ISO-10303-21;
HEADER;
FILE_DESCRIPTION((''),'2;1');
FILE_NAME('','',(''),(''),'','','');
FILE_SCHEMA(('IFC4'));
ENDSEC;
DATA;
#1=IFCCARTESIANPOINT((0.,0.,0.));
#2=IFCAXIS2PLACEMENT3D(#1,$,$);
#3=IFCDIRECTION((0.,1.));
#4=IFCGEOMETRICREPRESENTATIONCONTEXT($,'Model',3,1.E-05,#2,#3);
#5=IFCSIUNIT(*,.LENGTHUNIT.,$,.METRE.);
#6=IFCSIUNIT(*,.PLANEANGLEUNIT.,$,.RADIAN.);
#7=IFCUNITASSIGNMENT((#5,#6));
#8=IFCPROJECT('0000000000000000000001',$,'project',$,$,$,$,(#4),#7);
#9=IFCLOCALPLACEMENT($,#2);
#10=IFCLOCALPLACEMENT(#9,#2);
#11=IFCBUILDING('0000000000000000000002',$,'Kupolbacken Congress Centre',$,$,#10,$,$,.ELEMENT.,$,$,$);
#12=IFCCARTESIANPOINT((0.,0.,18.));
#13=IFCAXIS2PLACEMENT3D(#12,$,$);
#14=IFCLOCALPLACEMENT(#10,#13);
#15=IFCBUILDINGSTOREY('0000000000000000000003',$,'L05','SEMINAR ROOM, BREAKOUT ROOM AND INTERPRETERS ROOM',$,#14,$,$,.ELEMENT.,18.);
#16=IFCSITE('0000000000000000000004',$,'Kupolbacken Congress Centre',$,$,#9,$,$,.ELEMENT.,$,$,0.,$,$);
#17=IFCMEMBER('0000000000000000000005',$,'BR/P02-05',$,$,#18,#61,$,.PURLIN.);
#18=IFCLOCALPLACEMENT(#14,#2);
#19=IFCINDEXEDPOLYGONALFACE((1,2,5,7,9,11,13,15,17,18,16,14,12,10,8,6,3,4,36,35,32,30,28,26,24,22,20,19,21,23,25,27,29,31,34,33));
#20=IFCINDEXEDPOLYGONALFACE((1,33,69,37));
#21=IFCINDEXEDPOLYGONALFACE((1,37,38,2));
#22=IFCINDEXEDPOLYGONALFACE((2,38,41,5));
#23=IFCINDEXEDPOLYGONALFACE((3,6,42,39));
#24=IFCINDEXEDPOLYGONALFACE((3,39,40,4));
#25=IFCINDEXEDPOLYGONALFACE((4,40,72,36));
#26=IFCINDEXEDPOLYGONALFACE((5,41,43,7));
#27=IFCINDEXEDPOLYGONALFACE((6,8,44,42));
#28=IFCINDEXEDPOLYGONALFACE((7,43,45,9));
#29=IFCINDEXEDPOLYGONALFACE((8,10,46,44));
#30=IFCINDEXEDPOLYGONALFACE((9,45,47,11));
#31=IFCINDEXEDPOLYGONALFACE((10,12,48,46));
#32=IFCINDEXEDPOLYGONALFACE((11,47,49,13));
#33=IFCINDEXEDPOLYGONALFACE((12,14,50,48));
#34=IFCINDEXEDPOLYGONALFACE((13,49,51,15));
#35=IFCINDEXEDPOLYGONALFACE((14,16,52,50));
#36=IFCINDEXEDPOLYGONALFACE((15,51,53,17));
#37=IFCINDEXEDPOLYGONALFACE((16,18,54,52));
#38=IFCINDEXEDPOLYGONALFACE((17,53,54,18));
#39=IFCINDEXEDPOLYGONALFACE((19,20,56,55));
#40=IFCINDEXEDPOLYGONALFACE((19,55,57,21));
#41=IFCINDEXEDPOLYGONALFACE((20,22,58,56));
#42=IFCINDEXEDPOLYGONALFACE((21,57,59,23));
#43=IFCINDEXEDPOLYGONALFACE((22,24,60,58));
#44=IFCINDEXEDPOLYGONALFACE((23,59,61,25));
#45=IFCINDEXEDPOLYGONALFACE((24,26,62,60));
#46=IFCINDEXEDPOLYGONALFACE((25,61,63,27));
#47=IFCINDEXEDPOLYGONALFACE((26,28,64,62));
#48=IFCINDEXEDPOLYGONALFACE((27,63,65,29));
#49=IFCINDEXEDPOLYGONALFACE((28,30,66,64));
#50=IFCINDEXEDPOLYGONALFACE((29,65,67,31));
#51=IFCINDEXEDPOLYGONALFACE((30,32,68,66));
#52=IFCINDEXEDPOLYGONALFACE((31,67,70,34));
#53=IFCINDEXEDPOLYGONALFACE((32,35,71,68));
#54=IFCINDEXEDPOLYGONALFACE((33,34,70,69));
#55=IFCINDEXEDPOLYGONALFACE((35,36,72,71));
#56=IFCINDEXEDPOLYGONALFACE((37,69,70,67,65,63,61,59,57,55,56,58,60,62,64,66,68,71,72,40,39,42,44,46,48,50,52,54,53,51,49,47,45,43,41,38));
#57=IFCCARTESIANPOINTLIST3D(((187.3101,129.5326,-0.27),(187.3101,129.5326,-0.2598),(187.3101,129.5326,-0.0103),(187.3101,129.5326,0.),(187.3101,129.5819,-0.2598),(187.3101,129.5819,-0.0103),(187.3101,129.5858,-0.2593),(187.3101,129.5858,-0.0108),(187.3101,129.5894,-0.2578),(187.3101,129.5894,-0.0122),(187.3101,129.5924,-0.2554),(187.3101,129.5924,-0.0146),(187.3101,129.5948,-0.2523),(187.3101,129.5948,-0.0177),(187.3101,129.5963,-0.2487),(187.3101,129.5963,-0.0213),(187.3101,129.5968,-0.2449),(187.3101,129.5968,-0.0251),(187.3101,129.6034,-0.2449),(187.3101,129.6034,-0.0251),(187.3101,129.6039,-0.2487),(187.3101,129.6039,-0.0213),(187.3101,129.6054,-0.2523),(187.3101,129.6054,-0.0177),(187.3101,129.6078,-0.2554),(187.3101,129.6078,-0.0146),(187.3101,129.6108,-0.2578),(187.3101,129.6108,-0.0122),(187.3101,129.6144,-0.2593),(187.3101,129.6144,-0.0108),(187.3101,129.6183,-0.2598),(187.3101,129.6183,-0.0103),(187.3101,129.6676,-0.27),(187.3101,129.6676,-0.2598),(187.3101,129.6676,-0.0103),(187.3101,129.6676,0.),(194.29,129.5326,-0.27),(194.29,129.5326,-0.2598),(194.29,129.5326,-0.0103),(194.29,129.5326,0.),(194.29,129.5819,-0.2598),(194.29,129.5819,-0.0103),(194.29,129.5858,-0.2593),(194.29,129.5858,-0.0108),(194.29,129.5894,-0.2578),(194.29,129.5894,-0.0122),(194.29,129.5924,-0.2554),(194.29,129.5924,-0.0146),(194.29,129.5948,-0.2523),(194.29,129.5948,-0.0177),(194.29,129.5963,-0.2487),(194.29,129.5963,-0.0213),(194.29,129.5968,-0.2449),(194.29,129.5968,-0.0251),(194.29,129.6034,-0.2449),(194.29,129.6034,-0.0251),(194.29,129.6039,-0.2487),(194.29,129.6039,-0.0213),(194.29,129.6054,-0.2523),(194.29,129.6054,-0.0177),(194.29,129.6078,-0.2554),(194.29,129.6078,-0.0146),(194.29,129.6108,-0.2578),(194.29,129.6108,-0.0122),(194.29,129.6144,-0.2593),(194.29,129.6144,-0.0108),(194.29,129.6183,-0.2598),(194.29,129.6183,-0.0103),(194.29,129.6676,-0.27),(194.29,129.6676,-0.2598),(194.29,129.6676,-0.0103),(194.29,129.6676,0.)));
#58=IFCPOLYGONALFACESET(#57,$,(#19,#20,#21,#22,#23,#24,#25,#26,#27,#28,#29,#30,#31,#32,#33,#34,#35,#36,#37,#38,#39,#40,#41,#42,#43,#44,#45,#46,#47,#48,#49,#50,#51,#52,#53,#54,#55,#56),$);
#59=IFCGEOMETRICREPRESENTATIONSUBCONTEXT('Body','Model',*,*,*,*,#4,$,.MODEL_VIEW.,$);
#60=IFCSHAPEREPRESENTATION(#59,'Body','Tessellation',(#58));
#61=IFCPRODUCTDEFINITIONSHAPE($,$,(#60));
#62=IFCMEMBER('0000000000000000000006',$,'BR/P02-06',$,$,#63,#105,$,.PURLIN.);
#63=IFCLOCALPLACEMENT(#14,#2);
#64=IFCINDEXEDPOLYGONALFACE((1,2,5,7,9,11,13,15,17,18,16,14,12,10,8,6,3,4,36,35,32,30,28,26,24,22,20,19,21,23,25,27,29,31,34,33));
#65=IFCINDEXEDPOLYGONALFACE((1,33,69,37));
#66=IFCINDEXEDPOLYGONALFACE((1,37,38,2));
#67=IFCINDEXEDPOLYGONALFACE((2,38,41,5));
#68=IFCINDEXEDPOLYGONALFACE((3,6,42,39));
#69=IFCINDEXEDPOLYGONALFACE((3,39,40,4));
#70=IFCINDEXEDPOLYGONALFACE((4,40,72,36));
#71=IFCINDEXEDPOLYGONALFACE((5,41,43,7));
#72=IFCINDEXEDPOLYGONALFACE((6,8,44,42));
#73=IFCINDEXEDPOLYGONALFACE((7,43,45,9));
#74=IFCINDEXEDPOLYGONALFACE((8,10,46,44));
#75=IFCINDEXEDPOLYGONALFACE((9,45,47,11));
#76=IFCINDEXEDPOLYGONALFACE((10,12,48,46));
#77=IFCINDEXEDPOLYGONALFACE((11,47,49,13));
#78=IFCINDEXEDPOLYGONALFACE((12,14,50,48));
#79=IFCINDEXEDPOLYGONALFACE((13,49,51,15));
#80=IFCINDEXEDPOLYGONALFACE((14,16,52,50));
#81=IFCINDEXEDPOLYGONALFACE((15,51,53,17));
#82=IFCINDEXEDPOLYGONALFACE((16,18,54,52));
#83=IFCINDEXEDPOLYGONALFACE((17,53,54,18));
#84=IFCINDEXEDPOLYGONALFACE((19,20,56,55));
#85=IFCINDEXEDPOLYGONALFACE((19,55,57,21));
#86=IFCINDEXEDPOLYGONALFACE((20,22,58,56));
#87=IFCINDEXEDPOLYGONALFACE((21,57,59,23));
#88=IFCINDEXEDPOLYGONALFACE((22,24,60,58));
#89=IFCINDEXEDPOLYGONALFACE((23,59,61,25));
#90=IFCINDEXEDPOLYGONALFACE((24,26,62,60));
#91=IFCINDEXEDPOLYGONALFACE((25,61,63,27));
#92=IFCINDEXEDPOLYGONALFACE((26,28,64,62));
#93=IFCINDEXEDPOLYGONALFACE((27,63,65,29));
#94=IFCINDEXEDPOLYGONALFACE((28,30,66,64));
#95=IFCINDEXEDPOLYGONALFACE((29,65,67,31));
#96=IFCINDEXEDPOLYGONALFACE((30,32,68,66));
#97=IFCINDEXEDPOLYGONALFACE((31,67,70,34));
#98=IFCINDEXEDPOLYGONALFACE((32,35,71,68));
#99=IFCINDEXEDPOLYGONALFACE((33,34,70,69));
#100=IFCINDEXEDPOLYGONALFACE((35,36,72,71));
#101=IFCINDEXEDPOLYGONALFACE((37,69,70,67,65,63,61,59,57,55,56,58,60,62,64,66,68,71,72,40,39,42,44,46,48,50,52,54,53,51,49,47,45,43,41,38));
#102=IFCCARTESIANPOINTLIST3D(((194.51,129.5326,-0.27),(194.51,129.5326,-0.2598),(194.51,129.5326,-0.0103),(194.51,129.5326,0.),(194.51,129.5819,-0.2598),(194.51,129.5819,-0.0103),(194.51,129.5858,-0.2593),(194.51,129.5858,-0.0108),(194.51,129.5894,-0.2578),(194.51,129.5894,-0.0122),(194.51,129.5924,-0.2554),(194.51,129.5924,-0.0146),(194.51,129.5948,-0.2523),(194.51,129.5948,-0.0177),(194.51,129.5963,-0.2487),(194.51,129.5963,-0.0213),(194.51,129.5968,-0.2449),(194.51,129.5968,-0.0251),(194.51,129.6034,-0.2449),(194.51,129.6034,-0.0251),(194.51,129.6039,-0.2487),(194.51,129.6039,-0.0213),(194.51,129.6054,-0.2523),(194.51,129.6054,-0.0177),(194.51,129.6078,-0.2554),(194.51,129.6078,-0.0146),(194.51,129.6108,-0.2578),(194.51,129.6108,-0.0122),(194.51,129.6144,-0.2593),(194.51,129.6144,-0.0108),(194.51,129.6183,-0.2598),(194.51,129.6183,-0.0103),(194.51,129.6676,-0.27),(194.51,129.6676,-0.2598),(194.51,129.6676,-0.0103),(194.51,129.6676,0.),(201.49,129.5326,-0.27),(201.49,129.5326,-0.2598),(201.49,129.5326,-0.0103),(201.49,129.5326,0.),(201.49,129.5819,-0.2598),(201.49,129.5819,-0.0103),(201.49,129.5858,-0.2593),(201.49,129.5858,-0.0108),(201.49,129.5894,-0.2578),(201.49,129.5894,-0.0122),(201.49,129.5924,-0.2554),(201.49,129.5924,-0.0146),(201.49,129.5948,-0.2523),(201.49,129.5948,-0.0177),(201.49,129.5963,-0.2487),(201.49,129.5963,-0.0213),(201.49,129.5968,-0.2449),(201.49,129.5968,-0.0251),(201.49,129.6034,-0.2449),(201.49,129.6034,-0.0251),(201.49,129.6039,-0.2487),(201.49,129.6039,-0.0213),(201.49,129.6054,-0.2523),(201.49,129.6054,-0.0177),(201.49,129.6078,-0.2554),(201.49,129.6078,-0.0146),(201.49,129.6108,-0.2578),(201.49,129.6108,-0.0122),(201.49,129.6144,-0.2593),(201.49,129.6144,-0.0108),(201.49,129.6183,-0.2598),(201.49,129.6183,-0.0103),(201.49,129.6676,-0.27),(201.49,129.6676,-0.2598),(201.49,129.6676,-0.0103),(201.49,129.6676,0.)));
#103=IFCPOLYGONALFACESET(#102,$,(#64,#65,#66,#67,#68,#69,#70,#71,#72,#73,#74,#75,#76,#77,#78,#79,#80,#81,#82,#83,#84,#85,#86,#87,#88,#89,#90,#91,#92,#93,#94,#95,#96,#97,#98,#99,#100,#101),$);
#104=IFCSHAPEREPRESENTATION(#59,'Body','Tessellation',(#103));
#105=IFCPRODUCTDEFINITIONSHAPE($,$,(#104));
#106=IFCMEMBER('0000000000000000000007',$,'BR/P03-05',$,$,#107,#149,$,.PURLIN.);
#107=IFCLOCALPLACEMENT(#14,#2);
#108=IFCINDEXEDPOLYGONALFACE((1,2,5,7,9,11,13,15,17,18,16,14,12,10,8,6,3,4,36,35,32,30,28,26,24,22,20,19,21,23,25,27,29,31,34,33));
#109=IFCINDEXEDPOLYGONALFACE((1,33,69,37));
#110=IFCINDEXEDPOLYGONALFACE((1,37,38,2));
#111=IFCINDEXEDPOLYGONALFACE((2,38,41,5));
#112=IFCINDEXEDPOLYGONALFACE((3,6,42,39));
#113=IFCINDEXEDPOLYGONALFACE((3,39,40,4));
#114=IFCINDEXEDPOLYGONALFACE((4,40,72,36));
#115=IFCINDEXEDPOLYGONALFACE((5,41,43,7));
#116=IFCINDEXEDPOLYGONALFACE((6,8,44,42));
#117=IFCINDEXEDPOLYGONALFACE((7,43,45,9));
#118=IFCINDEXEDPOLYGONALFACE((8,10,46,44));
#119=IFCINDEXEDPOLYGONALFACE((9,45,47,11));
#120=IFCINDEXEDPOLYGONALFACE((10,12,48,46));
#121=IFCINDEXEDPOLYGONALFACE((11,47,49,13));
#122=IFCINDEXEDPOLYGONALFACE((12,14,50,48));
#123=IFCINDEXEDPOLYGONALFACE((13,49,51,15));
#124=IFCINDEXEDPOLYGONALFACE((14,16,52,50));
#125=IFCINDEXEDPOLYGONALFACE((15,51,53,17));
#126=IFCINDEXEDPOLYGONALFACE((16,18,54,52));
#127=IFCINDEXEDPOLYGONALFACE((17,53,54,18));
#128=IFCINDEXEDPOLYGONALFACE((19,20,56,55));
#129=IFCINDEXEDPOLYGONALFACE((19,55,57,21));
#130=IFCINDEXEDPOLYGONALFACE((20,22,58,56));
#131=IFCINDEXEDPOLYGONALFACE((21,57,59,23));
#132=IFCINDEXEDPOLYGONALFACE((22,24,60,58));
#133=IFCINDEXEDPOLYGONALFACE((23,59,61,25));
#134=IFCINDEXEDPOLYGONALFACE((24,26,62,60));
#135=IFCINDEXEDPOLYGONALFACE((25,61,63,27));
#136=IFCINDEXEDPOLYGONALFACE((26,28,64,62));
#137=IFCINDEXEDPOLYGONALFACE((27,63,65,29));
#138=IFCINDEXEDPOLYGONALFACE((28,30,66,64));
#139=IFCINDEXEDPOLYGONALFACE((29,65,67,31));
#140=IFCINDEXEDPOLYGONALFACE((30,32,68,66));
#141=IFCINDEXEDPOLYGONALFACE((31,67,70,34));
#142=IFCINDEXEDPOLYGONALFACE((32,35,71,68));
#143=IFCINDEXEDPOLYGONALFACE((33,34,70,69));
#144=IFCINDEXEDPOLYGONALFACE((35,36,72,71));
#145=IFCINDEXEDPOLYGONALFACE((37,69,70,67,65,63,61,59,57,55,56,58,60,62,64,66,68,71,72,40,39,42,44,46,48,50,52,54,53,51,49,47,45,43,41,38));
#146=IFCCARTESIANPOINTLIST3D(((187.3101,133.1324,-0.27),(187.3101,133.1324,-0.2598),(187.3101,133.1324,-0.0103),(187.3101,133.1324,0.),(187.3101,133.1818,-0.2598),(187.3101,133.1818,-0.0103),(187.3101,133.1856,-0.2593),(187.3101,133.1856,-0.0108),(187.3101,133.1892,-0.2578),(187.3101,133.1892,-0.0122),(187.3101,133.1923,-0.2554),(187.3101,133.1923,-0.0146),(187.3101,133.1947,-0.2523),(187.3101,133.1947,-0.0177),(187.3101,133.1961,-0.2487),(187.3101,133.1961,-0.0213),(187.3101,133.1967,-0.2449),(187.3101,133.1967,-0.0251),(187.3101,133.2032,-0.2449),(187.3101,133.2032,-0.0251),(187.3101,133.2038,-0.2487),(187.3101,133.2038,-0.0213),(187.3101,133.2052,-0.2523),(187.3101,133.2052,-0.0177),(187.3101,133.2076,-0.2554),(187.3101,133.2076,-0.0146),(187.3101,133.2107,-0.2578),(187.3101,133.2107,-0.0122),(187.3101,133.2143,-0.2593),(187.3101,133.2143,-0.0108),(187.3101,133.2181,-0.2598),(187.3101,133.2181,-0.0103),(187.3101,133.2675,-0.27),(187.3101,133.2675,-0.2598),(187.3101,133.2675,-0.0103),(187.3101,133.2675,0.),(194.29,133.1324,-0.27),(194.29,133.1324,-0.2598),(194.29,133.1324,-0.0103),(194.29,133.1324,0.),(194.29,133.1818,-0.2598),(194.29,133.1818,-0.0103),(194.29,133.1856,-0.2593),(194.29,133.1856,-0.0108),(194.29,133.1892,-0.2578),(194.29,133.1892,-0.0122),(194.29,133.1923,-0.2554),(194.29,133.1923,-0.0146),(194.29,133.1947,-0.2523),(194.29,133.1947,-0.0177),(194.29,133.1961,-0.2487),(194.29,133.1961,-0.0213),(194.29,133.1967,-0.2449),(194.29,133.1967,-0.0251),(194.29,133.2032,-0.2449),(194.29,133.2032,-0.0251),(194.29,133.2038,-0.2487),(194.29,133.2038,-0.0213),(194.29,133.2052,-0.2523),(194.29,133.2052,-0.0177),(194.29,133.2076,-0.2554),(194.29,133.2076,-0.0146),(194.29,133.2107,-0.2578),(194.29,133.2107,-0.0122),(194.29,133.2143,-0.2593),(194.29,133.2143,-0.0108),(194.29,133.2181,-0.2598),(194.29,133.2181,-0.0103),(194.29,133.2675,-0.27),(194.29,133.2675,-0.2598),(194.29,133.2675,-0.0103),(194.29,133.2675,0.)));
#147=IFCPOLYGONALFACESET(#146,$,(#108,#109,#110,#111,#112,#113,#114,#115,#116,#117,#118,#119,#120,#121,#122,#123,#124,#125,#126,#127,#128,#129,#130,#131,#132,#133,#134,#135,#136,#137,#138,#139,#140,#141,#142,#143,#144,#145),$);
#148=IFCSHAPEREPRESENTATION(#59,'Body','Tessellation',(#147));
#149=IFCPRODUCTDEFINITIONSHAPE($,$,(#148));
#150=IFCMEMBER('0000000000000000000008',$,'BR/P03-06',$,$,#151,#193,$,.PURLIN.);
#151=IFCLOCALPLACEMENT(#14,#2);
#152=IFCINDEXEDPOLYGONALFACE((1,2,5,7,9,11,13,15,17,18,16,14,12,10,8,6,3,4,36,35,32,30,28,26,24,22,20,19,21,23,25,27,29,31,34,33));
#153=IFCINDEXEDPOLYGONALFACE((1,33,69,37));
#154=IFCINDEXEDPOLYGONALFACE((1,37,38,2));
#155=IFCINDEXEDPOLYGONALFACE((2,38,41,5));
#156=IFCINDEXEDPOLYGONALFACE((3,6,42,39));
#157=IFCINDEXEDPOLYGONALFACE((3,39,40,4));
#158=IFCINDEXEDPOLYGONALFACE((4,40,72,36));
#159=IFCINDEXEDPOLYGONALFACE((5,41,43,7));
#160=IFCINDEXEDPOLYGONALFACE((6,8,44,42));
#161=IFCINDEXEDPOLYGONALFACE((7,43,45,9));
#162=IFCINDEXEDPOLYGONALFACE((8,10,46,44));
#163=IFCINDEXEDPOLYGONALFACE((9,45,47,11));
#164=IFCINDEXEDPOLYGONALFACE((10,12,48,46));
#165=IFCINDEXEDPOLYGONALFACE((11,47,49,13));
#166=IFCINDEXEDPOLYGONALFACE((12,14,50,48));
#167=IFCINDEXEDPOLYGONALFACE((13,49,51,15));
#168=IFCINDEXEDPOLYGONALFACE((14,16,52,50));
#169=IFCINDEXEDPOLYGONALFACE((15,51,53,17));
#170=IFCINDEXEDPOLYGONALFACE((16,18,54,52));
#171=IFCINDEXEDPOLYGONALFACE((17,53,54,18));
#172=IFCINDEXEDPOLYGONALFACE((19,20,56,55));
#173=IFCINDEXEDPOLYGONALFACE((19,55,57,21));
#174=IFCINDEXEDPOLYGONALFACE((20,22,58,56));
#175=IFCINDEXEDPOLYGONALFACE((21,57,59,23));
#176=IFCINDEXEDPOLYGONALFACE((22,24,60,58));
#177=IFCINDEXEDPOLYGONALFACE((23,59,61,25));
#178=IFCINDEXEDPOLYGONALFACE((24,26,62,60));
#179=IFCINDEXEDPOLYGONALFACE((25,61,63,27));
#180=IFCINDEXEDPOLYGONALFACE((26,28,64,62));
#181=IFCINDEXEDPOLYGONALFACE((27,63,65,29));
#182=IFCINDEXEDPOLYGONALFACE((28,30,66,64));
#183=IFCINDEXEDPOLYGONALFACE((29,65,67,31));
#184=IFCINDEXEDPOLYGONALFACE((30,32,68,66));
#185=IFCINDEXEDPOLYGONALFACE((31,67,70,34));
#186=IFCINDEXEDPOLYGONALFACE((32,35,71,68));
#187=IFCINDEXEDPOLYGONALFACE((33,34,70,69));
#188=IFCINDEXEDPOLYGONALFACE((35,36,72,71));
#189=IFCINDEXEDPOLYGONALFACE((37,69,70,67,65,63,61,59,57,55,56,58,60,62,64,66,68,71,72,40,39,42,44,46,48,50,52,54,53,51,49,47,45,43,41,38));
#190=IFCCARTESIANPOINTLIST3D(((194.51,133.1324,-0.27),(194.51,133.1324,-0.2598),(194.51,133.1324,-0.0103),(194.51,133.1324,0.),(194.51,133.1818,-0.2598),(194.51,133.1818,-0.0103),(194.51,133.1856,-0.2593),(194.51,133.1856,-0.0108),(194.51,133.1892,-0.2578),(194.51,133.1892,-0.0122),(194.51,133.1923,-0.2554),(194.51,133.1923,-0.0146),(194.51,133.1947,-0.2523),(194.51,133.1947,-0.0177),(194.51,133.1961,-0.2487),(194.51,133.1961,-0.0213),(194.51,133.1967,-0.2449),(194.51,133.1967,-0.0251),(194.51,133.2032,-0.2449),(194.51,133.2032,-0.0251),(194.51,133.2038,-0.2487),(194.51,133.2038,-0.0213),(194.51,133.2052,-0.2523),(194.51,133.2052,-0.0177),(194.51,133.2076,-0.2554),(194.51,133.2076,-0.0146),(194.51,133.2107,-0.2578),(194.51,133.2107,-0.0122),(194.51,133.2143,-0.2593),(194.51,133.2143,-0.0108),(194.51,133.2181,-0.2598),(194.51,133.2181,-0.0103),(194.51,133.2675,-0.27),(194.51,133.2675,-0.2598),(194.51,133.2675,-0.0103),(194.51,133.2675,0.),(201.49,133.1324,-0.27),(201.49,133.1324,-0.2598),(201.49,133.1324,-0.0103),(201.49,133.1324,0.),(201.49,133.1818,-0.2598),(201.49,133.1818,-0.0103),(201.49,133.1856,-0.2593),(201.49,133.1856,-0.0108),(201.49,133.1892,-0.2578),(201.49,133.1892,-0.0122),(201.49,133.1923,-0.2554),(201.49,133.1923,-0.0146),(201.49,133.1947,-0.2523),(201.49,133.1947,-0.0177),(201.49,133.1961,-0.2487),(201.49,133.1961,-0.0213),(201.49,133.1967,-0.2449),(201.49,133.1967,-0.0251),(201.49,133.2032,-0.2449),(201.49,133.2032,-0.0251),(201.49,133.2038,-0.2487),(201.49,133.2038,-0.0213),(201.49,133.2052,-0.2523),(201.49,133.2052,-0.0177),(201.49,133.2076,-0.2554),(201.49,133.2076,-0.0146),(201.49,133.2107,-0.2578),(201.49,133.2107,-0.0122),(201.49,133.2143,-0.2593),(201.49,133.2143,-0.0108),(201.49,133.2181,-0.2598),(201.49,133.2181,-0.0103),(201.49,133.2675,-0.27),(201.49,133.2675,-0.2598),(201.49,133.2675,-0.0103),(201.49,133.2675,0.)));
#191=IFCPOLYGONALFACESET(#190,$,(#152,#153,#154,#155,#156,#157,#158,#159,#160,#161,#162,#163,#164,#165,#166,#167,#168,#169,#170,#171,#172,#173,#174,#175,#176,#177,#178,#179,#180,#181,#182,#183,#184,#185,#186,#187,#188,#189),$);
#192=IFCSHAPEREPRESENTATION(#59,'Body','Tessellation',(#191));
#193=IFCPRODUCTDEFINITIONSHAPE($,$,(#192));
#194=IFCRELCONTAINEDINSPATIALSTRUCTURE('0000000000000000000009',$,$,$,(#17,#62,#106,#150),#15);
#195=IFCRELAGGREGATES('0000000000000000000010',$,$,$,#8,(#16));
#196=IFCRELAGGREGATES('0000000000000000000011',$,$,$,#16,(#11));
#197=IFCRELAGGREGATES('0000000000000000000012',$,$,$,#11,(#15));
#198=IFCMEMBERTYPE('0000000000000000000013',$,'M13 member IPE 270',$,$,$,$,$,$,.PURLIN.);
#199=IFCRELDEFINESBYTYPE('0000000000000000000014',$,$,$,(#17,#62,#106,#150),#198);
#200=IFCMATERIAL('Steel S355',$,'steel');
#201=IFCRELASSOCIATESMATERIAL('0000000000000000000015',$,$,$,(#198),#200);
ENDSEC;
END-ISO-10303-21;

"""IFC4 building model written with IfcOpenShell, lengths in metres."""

from ifc_helpers import new_model, si_unit, direction, frame, origin, origin_2d, place, context, subcontext, project, spatial, i_section, extrude, material, material_profile, profile_set, type_object, element, save


model = new_model("IFC4")

# Units and contexts
model_context = context("Model", 3, precision=1e-05, world=origin(), true_north=direction((0.0, 1.0)))
body_context = subcontext(model_context, "Body", "Model", "MODEL_VIEW")
ifc_project = project(units=[si_unit("LENGTHUNIT", "METRE"), si_unit("PLANEANGLEUNIT", "RADIAN")], contexts=[model_context])

# Site, building, storey
site_placement = place(None, origin())
site = spatial("IfcSite", under=ifc_project, at=site_placement, Name="Kupolbacken Congress Centre", CompositionType="ELEMENT", RefElevation=0.0)
building_placement = place(site_placement, origin())
building = spatial("IfcBuilding", under=site, at=building_placement, Name="Kupolbacken Congress Centre", CompositionType="ELEMENT")
storey_placement = place(building_placement, frame((0.0, 0.0, 18.0)))
storey = spatial("IfcBuildingStorey", under=building, at=storey_placement, Name="L05", Description="SEMINAR ROOM, BREAKOUT ROOM AND INTERPRETERS ROOM", CompositionType="ELEMENT", Elevation=18.0)

# Members
ifc_material_1 = material(Name="Steel S355", Category="steel")
ifc_material_profile_1 = material_profile(ifc_material_1, i_section(OverallWidth=0.135, OverallDepth=0.27, WebThickness=0.0066, FlangeThickness=0.0103, FilletRadius=0.0149, at=origin_2d()), Name="IPE 270")
ifc_profile_set_1 = profile_set([ifc_material_profile_1], Name="Steel S355")
member_type_1 = type_object("IfcMemberType", Name="M13 member IPE 270", PredefinedType="PURLIN", material=ifc_profile_set_1)
for number, where, z_axis, x_axis, name in (
    (1, (187.3101, 129.6001, -0.135), (1.0, 0.0, 0.0), (0.0, 1.0, 0.0), "BR/P02-05"),
    (2, (194.51, 129.6001, -0.135), (1.0, 0.0, 0.0), (0.0, 1.0, 0.0), "BR/P02-06"),
    (3, (187.3101, 133.2, -0.135), (1.0, 0.0, 0.0), (0.0, 1.0, 0.0), "BR/P03-05"),
    (4, (194.51, 133.2, -0.135), (1.0, 0.0, 0.0), (0.0, 1.0, 0.0), "BR/P03-06"),
):
    element("IfcMember", number, at=place(storey_placement, frame(where, z_axis=z_axis, x_axis=x_axis)), inside=storey, type_object=member_type_1, Name=name, PredefinedType="PURLIN", context=body_context, shape_type="SweptSolid", body=[
        extrude(i_section(OverallWidth=0.135, OverallDepth=0.27, WebThickness=0.0066, FlangeThickness=0.0103, FilletRadius=0.0149, at=origin_2d()), origin(), (0.0, 0.0, 1.0), 6.98),
    ])

save(model, "model.ifc")
